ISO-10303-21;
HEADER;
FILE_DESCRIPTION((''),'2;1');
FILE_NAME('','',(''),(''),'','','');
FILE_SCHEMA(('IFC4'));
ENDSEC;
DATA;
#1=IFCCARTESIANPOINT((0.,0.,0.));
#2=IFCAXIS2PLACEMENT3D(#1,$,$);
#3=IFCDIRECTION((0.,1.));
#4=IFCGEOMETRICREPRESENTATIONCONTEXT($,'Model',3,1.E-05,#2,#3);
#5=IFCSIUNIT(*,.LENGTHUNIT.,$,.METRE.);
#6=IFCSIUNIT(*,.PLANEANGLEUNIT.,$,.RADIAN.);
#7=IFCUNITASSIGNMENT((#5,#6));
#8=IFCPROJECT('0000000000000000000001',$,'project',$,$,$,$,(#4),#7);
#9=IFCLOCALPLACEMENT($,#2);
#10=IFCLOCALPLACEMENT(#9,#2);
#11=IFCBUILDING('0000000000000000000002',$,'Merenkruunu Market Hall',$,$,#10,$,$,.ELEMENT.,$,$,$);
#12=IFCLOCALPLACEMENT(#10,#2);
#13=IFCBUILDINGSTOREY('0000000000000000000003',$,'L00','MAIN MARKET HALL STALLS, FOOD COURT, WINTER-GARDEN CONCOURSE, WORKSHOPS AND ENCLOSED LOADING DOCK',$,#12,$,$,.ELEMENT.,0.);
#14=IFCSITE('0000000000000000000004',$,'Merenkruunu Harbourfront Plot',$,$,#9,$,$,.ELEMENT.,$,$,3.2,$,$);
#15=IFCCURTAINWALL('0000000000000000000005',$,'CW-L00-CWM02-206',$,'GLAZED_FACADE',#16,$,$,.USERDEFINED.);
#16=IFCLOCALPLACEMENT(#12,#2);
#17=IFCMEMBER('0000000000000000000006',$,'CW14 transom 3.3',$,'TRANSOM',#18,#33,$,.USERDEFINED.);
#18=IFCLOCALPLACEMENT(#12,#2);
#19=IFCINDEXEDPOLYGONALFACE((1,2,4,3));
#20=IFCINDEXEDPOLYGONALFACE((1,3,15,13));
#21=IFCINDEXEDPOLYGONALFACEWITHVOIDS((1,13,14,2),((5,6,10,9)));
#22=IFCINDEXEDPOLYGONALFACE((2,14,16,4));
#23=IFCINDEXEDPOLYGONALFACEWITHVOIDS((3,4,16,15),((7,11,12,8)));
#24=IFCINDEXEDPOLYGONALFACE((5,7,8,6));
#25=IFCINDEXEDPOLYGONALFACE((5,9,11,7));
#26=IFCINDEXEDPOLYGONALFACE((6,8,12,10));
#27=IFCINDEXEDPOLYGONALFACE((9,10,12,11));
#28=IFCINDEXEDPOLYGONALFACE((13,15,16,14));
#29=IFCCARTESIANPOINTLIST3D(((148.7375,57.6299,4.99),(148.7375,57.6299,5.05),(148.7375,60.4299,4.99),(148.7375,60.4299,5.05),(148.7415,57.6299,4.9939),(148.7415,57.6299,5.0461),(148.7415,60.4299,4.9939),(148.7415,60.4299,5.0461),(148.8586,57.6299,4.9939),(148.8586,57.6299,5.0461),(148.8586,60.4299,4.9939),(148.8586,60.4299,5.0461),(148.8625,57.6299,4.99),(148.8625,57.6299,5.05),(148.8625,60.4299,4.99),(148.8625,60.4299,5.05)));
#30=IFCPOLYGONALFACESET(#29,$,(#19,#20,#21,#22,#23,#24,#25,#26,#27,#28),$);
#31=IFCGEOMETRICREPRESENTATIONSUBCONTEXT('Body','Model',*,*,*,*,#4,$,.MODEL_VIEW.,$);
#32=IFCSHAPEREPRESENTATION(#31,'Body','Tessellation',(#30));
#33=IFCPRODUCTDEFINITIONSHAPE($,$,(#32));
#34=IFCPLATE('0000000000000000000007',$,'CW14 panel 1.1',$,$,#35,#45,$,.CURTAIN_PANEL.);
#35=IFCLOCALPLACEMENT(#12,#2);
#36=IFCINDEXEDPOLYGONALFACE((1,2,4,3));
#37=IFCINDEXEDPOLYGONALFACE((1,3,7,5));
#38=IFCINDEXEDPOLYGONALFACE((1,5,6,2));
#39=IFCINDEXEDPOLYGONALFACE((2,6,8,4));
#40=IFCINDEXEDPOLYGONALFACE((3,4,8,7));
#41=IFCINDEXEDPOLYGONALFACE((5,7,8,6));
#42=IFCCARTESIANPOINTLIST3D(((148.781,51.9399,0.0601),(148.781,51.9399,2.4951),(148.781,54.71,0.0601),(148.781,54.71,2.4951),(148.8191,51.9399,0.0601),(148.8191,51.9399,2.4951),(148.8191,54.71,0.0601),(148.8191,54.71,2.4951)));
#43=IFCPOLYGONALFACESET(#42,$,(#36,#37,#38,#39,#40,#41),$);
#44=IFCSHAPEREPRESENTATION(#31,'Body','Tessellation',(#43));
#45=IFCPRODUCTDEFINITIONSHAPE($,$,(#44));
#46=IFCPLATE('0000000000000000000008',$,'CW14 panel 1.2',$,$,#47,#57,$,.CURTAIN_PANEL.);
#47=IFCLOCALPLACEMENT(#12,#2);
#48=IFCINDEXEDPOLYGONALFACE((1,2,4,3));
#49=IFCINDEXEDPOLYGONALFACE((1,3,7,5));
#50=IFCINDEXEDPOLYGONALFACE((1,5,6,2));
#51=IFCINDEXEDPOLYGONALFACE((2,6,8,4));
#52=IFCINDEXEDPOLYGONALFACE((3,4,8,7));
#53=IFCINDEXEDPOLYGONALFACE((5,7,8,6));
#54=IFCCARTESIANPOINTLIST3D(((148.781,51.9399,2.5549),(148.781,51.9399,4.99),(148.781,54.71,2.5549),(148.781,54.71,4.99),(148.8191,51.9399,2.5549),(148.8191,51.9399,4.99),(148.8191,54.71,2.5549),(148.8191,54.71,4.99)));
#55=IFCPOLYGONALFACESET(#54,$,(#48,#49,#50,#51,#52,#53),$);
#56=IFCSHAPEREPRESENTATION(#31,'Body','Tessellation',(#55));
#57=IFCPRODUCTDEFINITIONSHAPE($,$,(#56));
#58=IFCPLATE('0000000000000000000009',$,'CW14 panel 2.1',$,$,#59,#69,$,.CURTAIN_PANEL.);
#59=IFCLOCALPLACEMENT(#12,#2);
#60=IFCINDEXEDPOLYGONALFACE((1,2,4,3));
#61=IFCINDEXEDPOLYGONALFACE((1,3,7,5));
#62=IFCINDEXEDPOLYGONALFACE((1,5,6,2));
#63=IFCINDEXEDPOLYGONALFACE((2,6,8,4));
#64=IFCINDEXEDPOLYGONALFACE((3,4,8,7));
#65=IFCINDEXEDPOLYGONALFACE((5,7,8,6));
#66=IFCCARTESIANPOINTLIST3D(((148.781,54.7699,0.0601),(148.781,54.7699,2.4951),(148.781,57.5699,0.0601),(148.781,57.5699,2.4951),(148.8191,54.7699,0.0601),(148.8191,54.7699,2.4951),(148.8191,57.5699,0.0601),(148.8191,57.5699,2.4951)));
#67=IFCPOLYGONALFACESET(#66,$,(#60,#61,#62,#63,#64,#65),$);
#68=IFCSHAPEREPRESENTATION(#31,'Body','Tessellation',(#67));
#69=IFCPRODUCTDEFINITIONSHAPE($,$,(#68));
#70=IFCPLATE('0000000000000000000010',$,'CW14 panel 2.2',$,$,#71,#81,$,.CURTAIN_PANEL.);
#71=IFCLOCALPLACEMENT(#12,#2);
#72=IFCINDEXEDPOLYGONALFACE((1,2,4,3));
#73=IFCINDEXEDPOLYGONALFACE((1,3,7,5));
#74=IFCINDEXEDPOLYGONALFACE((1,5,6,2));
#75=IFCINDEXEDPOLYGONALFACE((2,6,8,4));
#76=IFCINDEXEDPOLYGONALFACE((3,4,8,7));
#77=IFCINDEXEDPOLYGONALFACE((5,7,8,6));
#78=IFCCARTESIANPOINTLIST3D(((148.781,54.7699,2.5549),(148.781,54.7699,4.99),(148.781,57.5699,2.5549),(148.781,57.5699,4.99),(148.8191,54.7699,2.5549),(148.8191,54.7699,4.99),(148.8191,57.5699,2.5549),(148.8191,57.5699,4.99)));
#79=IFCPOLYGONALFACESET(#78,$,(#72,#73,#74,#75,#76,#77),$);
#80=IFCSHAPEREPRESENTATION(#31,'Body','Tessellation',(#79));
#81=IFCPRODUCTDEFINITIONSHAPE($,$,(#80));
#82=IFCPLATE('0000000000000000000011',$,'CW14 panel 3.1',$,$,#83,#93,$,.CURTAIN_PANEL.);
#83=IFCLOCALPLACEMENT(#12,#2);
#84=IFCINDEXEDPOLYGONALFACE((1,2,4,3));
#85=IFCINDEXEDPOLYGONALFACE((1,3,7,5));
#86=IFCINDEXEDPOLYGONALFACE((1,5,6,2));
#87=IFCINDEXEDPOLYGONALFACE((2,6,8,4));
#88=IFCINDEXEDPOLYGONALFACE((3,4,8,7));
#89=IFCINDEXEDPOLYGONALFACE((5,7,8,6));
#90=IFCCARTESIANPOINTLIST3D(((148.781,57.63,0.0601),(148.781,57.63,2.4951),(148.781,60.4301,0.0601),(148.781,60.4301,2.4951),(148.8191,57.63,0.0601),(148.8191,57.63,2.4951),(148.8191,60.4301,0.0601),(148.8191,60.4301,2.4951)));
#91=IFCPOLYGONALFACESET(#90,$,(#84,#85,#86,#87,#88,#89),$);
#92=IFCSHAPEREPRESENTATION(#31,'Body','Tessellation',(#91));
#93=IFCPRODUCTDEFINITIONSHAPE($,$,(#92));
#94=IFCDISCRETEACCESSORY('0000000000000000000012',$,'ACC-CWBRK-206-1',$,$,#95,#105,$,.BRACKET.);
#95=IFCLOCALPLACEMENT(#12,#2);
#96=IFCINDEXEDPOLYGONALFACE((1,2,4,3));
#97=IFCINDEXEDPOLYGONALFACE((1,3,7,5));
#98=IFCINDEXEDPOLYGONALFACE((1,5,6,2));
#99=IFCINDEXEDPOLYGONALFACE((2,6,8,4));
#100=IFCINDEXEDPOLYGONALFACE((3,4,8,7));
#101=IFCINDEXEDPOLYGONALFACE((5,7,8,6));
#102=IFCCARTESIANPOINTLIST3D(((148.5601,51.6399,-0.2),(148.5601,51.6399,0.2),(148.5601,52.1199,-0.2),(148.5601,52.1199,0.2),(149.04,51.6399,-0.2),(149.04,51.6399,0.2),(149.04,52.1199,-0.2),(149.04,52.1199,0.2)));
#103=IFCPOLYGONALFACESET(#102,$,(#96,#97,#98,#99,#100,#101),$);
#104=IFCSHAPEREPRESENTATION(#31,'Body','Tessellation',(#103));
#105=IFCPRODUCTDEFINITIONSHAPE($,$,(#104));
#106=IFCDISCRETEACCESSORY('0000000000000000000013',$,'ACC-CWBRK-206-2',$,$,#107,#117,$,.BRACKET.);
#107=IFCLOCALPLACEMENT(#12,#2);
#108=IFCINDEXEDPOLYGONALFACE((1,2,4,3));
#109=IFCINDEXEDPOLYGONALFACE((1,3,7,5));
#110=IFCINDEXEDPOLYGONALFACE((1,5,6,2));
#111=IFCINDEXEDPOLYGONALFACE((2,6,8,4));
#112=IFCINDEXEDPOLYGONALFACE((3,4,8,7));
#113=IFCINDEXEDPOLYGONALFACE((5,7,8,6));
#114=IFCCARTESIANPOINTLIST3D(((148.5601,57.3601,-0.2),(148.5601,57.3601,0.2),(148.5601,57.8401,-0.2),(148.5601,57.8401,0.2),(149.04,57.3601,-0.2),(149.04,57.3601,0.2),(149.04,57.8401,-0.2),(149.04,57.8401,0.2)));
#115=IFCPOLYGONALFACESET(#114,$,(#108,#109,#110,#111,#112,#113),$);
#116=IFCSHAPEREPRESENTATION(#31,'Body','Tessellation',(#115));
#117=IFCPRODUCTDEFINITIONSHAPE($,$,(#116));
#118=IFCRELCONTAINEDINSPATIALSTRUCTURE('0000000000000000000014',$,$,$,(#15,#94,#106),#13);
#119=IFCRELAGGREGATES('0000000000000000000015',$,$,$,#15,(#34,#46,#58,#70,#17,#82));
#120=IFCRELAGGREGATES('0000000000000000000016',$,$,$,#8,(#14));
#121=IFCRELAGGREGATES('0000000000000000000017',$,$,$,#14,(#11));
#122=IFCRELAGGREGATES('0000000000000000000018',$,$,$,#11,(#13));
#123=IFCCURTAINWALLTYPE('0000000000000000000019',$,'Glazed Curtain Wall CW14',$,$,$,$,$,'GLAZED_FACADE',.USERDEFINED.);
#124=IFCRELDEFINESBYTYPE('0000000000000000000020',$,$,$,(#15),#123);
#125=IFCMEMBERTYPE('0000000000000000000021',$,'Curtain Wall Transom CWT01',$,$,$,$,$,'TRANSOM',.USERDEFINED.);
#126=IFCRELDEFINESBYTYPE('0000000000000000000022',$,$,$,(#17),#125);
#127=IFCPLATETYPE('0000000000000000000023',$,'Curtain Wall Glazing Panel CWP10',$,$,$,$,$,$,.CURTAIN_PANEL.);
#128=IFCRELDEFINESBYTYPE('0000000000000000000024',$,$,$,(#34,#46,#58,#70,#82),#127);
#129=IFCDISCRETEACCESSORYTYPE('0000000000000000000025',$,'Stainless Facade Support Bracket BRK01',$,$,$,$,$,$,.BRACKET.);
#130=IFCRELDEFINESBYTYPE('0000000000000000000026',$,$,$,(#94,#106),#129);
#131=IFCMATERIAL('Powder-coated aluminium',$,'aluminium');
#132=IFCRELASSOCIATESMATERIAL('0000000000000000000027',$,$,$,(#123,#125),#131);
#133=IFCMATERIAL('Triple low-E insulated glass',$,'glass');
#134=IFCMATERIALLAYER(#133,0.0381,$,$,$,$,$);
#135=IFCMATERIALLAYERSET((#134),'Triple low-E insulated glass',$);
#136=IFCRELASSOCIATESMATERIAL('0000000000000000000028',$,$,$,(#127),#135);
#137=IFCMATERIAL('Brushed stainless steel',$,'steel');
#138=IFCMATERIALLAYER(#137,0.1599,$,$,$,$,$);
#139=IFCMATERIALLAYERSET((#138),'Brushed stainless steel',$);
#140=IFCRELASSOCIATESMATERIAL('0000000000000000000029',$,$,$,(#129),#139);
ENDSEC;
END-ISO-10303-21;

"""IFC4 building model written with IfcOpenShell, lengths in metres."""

from ifc_helpers import new_model, si_unit, direction, frame, origin, origin_2d, place, context, subcontext, project, spatial, rectangle, hollow_rectangle, extrude, material, layer, layer_set, material_profile, profile_set, type_object, element, aggregate, save


model = new_model("IFC4")

# Units and contexts
model_context = context("Model", 3, precision=1e-05, world=origin(), true_north=direction((0.0, 1.0)))
body_context = subcontext(model_context, "Body", "Model", "MODEL_VIEW")
ifc_project = project(units=[si_unit("LENGTHUNIT", "METRE"), si_unit("PLANEANGLEUNIT", "RADIAN")], contexts=[model_context])

# Site, building, storey
site_placement = place(None, origin())
site = spatial("IfcSite", under=ifc_project, at=site_placement, Name="Merenkruunu Harbourfront Plot", CompositionType="ELEMENT", RefElevation=3.2)
building_placement = place(site_placement, origin())
building = spatial("IfcBuilding", under=site, at=building_placement, Name="Merenkruunu Market Hall", CompositionType="ELEMENT")
storey_placement = place(building_placement, origin())
storey = spatial("IfcBuildingStorey", under=building, at=storey_placement, Name="L00", Description="MAIN MARKET HALL STALLS, FOOD COURT, WINTER-GARDEN CONCOURSE, WORKSHOPS AND ENCLOSED LOADING DOCK", CompositionType="ELEMENT", Elevation=0.0)

# Curtain wall, member, plates
ifc_material_1 = material(Name="Powder-coated aluminium", Category="aluminium")
curtain_wall_type = type_object("IfcCurtainWallType", Name="Glazed Curtain Wall CW14", ElementType="GLAZED_FACADE", PredefinedType="USERDEFINED", material=ifc_material_1)
curtain_wall_placement = place(storey_placement, origin())
curtain_wall = element("IfcCurtainWall", 1, at=curtain_wall_placement, inside=storey, type_object=curtain_wall_type, Name="CW-L00-CWM02-206", ObjectType="GLAZED_FACADE", PredefinedType="USERDEFINED")
ifc_material_profile_1 = material_profile(ifc_material_1, hollow_rectangle(XDim=0.0601, YDim=0.125, WallThickness=0.0039, at=origin_2d()), Name="ALU 60x125x4")
ifc_profile_set_1 = profile_set([ifc_material_profile_1], Name="Powder-coated aluminium")
member_type_1 = type_object("IfcMemberType", Name="Curtain Wall Transom CWT01", ElementType="TRANSOM", PredefinedType="USERDEFINED", material=ifc_profile_set_1)
member_1_placement = place(storey_placement, frame((148.8, 57.6299, 5.02), z_axis=(0.0, 1.0, 0.0), x_axis=(0.0, 0.0, 1.0)))
member_1 = element("IfcMember", 2, at=member_1_placement, type_object=member_type_1, Name="CW14 transom 3.3", ObjectType="TRANSOM", PredefinedType="USERDEFINED", context=body_context, shape_type="SweptSolid", body=[
    extrude(hollow_rectangle(XDim=0.0601, YDim=0.125, WallThickness=0.0039, at=origin_2d()), origin(), (0.0, 0.0, 1.0), 2.8),
])
ifc_material_2 = material(Name="Triple low-E insulated glass", Category="glass")
ifc_layer_1 = layer(ifc_material_2, 0.0381)
ifc_layer_set_1 = layer_set([ifc_layer_1], Name="Triple low-E insulated glass")
plate_type = type_object("IfcPlateType", Name="Curtain Wall Glazing Panel CWP10", PredefinedType="CURTAIN_PANEL", material=ifc_layer_set_1)
plate_1_placement = place(storey_placement, frame((148.8, 53.325, 0.0601), z_axis=(0.0, 0.0, 1.0), x_axis=(0.0, 1.0, 0.0)))
plate_1 = element("IfcPlate", 3, at=plate_1_placement, type_object=plate_type, Name="CW14 panel 1.1", PredefinedType="CURTAIN_PANEL", context=body_context, shape_type="SweptSolid", body=[
    extrude(rectangle(XDim=2.77, YDim=0.0381, at=origin_2d()), origin(), (0.0, 0.0, 1.0), 2.4351),
])
plate_2_placement = place(storey_placement, frame((148.8, 53.325, 2.5549), z_axis=(0.0, 0.0, 1.0), x_axis=(0.0, 1.0, 0.0)))
plate_2 = element("IfcPlate", 4, at=plate_2_placement, type_object=plate_type, Name="CW14 panel 1.2", PredefinedType="CURTAIN_PANEL", context=body_context, shape_type="SweptSolid", body=[
    extrude(rectangle(XDim=2.77, YDim=0.0381, at=origin_2d()), origin(), (0.0, 0.0, 1.0), 2.4351),
])
plate_3_placement = place(storey_placement, frame((148.8, 56.1699, 0.0601), z_axis=(0.0, 0.0, 1.0), x_axis=(0.0, 1.0, 0.0)))
plate_3 = element("IfcPlate", 5, at=plate_3_placement, type_object=plate_type, Name="CW14 panel 2.1", PredefinedType="CURTAIN_PANEL", context=body_context, shape_type="SweptSolid", body=[
    extrude(rectangle(XDim=2.8, YDim=0.0381, at=origin_2d()), origin(), (0.0, 0.0, 1.0), 2.4351),
])
plate_4_placement = place(storey_placement, frame((148.8, 56.1699, 2.5549), z_axis=(0.0, 0.0, 1.0), x_axis=(0.0, 1.0, 0.0)))
plate_4 = element("IfcPlate", 6, at=plate_4_placement, type_object=plate_type, Name="CW14 panel 2.2", PredefinedType="CURTAIN_PANEL", context=body_context, shape_type="SweptSolid", body=[
    extrude(rectangle(XDim=2.8, YDim=0.0381, at=origin_2d()), origin(), (0.0, 0.0, 1.0), 2.4351),
])
plate_5_placement = place(storey_placement, frame((148.8, 59.03, 0.0601), z_axis=(0.0, 0.0, 1.0), x_axis=(0.0, 1.0, 0.0)))
plate_5 = element("IfcPlate", 7, at=plate_5_placement, type_object=plate_type, Name="CW14 panel 3.1", PredefinedType="CURTAIN_PANEL", context=body_context, shape_type="SweptSolid", body=[
    extrude(rectangle(XDim=2.8, YDim=0.0381, at=origin_2d()), origin(), (0.0, 0.0, 1.0), 2.4351),
])
aggregate(curtain_wall, [plate_1, plate_2, plate_3, plate_4, member_1, plate_5])

# Discrete accessories
ifc_material_3 = material(Name="Brushed stainless steel", Category="steel")
ifc_layer_2 = layer(ifc_material_3, 0.1599)
ifc_layer_set_2 = layer_set([ifc_layer_2], Name="Brushed stainless steel")
discrete_accessory_type = type_object("IfcDiscreteAccessoryType", Name="Stainless Facade Support Bracket BRK01", PredefinedType="BRACKET", material=ifc_layer_set_2)
for number, where, z_axis, x_axis, name in (
    (8, (148.8, 51.8799, -0.2), (0.0, 0.0, 1.0), (1.0, 0.0, 0.0), "ACC-CWBRK-206-1"),
    (9, (148.8, 57.6001, -0.2), (0.0, 0.0, 1.0), (1.0, 0.0, 0.0), "ACC-CWBRK-206-2"),
):
    element("IfcDiscreteAccessory", number, at=place(storey_placement, frame(where, z_axis=z_axis, x_axis=x_axis)), inside=storey, type_object=discrete_accessory_type, Name=name, PredefinedType="BRACKET", context=body_context, shape_type="SweptSolid", body=[
        extrude(rectangle(XDim=0.48, YDim=0.48, at=origin_2d()), origin(), (0.0, 0.0, 1.0), 0.3999),
    ])

save(model, "model.ifc")
